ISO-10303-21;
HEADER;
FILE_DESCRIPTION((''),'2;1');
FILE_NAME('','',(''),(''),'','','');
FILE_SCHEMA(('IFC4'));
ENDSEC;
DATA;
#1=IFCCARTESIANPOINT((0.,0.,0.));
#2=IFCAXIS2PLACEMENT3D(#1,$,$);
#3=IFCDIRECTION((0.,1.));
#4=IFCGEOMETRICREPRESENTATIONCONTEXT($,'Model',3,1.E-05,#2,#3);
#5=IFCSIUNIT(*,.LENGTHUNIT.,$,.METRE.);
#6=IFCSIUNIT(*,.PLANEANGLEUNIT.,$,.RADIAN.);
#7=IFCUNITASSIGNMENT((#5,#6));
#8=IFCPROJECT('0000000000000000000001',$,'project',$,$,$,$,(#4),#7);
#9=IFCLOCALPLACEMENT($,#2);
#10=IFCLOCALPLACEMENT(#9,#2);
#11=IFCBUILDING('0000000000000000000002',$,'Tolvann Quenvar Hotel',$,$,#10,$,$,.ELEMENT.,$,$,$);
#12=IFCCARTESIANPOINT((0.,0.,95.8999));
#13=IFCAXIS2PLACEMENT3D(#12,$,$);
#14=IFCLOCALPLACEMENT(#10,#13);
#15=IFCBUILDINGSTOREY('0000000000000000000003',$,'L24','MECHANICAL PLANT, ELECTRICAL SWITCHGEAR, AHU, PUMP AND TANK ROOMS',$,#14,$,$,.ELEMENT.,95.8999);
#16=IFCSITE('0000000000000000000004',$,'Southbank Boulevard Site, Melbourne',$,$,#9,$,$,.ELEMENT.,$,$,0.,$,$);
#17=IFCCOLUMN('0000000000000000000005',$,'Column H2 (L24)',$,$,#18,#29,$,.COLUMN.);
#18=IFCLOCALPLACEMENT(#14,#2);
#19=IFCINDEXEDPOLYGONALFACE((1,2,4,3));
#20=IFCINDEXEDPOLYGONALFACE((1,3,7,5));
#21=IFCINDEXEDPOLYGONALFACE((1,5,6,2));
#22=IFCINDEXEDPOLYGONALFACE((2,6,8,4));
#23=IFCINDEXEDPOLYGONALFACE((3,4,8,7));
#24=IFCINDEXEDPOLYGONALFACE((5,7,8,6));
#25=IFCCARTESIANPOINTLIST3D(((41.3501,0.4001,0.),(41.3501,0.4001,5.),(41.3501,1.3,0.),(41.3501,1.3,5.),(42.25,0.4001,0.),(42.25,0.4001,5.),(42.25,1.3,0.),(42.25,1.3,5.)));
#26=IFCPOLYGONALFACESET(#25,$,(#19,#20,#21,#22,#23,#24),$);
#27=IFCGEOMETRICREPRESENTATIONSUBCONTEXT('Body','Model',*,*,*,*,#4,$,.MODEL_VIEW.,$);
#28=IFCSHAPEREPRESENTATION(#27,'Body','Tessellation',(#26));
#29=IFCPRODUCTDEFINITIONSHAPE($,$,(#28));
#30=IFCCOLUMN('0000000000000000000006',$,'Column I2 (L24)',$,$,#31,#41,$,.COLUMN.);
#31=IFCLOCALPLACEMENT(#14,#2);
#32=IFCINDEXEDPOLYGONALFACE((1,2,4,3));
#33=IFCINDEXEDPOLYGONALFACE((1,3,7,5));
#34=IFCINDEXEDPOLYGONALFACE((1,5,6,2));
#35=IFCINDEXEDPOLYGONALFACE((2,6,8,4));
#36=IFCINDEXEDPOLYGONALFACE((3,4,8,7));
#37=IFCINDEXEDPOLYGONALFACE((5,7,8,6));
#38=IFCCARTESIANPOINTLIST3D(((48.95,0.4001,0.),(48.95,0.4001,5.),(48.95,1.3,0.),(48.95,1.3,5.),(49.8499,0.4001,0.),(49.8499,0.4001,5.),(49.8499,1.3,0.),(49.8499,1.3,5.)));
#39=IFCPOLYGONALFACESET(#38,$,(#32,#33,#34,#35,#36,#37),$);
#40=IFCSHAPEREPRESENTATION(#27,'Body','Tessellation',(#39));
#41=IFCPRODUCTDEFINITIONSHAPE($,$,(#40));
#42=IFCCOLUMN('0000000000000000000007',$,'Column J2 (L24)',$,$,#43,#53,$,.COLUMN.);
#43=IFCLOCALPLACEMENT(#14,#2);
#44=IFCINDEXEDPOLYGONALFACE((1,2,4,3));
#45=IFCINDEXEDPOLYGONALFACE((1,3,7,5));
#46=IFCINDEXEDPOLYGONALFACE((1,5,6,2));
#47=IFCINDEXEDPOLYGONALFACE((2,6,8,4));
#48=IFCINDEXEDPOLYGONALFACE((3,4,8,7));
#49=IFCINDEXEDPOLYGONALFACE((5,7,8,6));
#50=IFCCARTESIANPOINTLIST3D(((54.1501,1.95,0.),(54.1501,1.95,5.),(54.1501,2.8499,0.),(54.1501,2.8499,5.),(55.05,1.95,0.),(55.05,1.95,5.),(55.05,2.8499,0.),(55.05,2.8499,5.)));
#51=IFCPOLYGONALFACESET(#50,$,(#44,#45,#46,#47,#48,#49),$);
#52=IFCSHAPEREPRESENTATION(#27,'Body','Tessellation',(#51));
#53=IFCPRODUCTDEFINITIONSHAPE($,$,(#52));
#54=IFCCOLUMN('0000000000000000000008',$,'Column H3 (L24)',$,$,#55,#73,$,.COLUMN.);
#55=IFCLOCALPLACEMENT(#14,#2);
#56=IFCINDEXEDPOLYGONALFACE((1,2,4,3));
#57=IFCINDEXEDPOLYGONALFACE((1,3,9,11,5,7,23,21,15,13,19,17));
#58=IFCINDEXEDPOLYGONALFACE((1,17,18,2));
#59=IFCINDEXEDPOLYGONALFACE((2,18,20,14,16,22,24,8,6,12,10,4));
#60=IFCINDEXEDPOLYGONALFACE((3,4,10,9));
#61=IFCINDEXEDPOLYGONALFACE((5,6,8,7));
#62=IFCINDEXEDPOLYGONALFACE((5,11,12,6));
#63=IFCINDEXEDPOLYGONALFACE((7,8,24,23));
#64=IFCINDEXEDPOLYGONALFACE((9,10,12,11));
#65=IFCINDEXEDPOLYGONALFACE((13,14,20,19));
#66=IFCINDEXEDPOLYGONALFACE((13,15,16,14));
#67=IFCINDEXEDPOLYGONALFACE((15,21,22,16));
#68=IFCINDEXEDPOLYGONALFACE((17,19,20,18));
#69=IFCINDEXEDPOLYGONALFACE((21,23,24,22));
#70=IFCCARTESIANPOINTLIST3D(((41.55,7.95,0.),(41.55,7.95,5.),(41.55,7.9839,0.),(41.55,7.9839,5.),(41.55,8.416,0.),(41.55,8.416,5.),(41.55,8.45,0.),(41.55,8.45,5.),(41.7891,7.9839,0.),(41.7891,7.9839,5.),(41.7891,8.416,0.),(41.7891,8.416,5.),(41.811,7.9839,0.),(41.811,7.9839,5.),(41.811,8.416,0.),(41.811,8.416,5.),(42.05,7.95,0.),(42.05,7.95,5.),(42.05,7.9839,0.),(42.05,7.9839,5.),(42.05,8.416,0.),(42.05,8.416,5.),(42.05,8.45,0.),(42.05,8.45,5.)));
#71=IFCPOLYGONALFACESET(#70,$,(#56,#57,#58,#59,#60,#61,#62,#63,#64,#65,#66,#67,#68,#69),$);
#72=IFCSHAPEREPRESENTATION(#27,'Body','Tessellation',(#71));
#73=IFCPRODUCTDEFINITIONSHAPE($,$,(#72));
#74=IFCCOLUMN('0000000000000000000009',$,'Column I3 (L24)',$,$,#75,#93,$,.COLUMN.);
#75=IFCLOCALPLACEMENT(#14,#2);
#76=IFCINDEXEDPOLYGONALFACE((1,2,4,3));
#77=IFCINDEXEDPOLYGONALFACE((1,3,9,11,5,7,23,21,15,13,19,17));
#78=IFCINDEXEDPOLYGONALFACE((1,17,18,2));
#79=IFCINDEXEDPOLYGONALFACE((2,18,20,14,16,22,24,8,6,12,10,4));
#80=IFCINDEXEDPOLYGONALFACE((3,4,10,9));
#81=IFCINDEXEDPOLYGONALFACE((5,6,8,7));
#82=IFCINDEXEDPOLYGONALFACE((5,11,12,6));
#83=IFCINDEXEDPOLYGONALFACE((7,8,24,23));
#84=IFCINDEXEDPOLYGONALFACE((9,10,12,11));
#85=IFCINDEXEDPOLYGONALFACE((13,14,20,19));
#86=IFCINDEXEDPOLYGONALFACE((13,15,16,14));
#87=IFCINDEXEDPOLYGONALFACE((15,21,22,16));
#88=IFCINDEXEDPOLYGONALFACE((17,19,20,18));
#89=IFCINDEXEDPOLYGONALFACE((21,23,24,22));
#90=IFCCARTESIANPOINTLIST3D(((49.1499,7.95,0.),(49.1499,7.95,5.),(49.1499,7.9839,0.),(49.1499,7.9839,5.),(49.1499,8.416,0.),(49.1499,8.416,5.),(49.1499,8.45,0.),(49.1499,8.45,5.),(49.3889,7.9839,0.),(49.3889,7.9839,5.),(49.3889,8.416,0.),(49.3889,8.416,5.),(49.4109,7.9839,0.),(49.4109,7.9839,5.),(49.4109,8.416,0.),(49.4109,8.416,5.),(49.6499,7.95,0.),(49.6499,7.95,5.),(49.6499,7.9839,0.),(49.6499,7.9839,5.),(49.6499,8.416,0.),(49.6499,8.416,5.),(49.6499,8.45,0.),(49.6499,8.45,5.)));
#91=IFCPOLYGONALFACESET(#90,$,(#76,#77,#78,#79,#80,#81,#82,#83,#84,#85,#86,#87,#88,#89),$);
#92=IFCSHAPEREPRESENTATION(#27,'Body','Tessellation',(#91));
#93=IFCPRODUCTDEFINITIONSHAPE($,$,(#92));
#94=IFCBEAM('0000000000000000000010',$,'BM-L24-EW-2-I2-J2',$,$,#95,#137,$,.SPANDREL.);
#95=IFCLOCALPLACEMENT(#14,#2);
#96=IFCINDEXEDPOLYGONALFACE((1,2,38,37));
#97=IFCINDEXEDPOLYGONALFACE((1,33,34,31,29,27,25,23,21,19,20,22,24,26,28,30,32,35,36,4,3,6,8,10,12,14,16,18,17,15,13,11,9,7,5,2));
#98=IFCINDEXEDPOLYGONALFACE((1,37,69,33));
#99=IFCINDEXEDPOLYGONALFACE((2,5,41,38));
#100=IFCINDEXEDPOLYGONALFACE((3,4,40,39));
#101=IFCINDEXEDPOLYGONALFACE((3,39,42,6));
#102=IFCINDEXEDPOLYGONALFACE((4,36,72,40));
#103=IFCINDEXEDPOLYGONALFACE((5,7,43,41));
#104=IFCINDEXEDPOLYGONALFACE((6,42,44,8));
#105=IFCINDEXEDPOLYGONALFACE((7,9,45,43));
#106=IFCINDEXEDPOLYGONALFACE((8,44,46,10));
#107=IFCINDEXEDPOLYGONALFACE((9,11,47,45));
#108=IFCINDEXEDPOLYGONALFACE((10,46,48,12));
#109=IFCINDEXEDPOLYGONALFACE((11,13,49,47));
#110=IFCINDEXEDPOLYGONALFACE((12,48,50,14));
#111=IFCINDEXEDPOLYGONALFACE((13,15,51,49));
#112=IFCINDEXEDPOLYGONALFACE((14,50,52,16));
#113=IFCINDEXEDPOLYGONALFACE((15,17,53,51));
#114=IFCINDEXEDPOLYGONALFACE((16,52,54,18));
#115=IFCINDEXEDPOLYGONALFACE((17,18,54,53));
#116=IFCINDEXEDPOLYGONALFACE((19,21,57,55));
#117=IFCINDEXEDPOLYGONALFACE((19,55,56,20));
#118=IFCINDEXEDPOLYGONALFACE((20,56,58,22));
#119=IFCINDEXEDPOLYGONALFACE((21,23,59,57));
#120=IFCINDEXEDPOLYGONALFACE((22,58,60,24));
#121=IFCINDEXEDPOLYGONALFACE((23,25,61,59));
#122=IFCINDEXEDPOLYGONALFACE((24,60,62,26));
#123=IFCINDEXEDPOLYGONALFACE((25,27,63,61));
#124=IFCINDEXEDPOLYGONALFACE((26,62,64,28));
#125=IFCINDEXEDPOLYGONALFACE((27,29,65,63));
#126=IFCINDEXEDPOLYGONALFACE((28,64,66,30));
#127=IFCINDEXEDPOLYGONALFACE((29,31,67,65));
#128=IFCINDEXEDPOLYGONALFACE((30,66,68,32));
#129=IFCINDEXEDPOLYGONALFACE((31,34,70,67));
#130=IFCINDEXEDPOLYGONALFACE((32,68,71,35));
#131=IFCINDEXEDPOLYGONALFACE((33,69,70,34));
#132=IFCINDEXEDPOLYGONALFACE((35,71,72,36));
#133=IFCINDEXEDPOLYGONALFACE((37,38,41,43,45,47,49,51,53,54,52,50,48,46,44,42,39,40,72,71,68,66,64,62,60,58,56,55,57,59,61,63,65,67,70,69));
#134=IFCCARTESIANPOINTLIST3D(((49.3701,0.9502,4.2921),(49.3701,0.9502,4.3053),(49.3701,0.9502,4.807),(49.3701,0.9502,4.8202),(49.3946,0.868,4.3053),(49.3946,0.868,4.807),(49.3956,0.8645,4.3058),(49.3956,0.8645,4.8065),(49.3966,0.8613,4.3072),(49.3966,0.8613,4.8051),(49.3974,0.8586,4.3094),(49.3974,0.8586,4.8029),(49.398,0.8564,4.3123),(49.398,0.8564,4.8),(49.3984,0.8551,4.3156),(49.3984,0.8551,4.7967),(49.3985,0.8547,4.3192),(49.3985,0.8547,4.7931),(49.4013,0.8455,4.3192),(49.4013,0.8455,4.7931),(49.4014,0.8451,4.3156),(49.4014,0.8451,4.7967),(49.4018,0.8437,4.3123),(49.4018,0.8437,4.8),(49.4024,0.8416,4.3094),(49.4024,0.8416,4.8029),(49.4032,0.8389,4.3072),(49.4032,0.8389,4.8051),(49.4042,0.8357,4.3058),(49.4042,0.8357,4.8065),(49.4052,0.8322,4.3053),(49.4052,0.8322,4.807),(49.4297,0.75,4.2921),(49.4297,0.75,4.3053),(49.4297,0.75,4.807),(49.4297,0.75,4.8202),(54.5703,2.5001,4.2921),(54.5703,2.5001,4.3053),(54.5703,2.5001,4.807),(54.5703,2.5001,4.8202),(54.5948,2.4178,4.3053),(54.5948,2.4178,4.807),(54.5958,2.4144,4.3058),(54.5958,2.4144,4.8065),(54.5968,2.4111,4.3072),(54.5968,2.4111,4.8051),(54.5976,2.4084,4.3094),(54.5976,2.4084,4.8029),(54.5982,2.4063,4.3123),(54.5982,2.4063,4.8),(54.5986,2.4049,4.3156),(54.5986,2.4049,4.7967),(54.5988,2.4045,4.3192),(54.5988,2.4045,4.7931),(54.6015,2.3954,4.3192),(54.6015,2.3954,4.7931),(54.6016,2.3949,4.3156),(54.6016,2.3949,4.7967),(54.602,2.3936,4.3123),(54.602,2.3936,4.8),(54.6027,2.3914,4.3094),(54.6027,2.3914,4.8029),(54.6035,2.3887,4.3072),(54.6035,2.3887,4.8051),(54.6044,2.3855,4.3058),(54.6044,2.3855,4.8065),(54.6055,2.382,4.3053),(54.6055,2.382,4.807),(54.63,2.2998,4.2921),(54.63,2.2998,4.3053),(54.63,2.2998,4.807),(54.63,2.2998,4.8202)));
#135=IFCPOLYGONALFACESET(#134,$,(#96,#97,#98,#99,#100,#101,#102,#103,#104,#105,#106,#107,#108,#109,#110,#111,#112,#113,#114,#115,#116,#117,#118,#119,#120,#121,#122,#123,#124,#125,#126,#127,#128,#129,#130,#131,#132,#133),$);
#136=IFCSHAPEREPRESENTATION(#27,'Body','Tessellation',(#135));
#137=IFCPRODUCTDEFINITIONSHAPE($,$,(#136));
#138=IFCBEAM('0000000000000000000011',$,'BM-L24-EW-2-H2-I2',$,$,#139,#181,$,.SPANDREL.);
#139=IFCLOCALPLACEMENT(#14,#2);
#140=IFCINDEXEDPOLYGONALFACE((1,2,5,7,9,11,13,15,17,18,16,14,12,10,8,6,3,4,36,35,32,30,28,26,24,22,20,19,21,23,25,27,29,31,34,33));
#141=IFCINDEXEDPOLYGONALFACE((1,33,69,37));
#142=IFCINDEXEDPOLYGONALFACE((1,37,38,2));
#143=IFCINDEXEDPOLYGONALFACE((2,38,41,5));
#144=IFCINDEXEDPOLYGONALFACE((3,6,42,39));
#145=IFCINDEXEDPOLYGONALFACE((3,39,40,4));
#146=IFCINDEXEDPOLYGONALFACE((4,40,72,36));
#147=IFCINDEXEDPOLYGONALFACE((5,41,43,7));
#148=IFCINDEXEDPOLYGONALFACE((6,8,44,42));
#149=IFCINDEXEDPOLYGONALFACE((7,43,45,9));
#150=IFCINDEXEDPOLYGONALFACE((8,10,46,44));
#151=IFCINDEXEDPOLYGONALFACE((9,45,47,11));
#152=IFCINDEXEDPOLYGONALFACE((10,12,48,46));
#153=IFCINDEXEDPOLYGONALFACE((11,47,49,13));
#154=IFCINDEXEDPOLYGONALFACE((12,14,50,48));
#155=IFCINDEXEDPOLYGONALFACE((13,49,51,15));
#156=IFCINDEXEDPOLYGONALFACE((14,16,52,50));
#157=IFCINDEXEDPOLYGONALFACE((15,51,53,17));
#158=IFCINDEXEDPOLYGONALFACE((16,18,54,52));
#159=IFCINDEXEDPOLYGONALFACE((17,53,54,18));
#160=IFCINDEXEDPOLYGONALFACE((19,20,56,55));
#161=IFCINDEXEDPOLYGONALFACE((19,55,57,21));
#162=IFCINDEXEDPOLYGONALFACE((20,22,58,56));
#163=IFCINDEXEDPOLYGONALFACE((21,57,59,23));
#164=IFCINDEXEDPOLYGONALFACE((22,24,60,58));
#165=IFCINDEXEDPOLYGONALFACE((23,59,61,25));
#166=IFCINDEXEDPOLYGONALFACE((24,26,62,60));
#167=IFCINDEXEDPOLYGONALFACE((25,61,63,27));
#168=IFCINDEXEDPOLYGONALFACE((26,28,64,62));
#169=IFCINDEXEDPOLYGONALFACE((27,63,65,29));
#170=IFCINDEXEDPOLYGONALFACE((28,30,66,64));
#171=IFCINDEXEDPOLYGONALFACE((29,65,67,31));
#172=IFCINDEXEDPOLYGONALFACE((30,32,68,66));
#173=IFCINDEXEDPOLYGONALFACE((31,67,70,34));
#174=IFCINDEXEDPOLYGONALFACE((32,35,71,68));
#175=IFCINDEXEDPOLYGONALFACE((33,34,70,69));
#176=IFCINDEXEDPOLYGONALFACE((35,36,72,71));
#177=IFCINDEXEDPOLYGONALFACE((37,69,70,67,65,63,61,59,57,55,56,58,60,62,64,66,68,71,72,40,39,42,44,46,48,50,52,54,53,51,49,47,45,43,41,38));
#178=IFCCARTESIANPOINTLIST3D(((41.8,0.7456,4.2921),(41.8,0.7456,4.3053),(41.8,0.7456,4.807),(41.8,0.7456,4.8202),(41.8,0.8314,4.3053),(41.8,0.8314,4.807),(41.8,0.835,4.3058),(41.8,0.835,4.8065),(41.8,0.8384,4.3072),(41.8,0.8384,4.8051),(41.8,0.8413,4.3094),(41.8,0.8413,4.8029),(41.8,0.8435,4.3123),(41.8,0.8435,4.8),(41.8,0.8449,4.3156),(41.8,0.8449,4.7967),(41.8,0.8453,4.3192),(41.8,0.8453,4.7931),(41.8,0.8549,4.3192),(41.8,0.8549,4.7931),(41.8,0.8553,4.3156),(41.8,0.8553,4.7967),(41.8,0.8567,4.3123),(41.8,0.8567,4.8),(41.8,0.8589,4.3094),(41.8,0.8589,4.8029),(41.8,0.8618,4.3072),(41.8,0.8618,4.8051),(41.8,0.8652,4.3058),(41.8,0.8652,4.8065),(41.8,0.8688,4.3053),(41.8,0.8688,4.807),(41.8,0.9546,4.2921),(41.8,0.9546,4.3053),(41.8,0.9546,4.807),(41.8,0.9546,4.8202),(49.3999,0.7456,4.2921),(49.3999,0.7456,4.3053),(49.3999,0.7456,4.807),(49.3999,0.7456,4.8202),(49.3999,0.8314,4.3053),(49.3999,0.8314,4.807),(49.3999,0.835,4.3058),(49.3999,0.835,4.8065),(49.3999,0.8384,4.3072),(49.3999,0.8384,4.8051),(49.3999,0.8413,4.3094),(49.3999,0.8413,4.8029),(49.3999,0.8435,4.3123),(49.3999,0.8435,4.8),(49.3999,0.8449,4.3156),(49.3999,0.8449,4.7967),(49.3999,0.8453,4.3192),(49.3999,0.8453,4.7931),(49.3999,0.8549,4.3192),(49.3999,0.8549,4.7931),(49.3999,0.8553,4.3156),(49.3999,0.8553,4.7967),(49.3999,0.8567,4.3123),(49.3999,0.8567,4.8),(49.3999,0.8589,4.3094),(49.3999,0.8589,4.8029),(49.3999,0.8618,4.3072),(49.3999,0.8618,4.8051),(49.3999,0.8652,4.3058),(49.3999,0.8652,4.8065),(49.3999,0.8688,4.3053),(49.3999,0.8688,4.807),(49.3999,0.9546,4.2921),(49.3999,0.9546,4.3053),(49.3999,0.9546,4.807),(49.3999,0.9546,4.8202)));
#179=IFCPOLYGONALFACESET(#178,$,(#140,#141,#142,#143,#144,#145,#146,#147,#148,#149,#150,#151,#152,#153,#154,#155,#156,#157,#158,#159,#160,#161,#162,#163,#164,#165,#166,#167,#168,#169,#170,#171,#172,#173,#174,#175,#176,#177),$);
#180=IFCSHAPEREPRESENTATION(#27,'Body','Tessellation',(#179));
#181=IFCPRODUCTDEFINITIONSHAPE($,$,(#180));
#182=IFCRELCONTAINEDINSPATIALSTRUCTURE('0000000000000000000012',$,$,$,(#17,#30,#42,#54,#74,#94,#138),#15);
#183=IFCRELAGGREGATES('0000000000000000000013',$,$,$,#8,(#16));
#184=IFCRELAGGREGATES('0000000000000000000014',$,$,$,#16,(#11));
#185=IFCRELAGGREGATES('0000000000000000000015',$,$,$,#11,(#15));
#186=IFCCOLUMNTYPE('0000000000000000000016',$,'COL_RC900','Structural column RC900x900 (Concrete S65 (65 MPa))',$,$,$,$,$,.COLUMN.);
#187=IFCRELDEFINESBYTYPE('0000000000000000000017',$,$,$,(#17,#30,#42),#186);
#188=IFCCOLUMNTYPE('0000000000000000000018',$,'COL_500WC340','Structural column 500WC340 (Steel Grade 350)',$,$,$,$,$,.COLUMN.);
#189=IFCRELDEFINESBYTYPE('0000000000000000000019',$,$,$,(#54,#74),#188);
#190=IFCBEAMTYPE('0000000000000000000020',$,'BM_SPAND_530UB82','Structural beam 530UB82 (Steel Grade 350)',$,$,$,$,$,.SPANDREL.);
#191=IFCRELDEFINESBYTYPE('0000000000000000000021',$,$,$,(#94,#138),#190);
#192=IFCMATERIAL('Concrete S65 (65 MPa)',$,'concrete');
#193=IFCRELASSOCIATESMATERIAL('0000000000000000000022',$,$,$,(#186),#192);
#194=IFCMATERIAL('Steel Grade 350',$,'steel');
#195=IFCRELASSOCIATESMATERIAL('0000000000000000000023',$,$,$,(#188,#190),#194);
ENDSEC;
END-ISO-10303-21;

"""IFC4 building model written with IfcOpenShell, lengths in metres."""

from ifc_helpers import new_model, si_unit, direction, frame, origin, origin_2d, place, context, subcontext, project, spatial, rectangle, i_section, extrude, source, transform, mapped, material, material_profile, profile_set, type_object, type_shapes, element, save


model = new_model("IFC4")

# Units and contexts
model_context = context("Model", 3, precision=1e-05, world=origin(), true_north=direction((0.0, 1.0)))
body_context = subcontext(model_context, "Body", "Model", "MODEL_VIEW")
ifc_project = project(units=[si_unit("LENGTHUNIT", "METRE"), si_unit("PLANEANGLEUNIT", "RADIAN")], contexts=[model_context])

# Site, building, storey
site_placement = place(None, origin())
site = spatial("IfcSite", under=ifc_project, at=site_placement, Name="Southbank Boulevard Site, Melbourne", CompositionType="ELEMENT", RefElevation=0.0)
building_placement = place(site_placement, origin())
building = spatial("IfcBuilding", under=site, at=building_placement, Name="Tolvann Quenvar Hotel", CompositionType="ELEMENT")
storey_placement = place(building_placement, frame((0.0, 0.0, 95.8999)))
storey = spatial("IfcBuildingStorey", under=building, at=storey_placement, Name="L24", Description="MECHANICAL PLANT, ELECTRICAL SWITCHGEAR, AHU, PUMP AND TANK ROOMS", CompositionType="ELEMENT", Elevation=95.8999)

# Columns
ifc_material_1 = material(Name="Concrete S65 (65 MPa)", Category="concrete")
ifc_material_profile_1 = material_profile(ifc_material_1, rectangle(XDim=0.8999, YDim=0.8999, at=origin_2d()), Name="RC900x900")
ifc_profile_set_1 = profile_set([ifc_material_profile_1], Name="Concrete S65 (65 MPa)")
column_type_1 = type_object("IfcColumnType", Name="COL_RC900", Description="Structural column RC900x900 (Concrete S65 (65 MPa))", PredefinedType="COLUMN", material=ifc_profile_set_1)
shared_shape_1 = source(origin(), body_context, "Body", "SweptSolid", [
    extrude(rectangle(XDim=0.8999, YDim=0.8999, at=origin_2d()), origin(), (0.0, 0.0, 1.0), 5.0),
])
type_shapes(column_type_1, [shared_shape_1])
for number, where, z_axis, x_axis, name in (
    (1, (41.8, 0.8501, 0.0), (0.0, 0.0, 1.0), (1.0, 0.0, 0.0), "Column H2 (L24)"),
    (2, (49.3999, 0.8501, 0.0), (0.0, 0.0, 1.0), (1.0, 0.0, 0.0), "Column I2 (L24)"),
    (3, (54.6001, 2.3999, 0.0), (0.0, 0.0, 1.0), (1.0, 0.0, 0.0), "Column J2 (L24)"),
):
    element("IfcColumn", number, at=place(storey_placement, frame(where, z_axis=z_axis, x_axis=x_axis)), inside=storey, type_object=column_type_1, Name=name, PredefinedType="COLUMN", context=body_context, shape_type="MappedRepresentation", body=[
        mapped(shared_shape_1, transform((0.0, 0.0, 0.0), x_axis=(1.0, 0.0, 0.0), y_axis=(0.0, 1.0, 0.0), z_axis=(0.0, 0.0, 1.0), scale=1.0)),
    ])
ifc_material_2 = material(Name="Steel Grade 350", Category="steel")
ifc_material_profile_2 = material_profile(ifc_material_2, i_section(OverallWidth=0.5, OverallDepth=0.5, WebThickness=0.022, FlangeThickness=0.0339, at=origin_2d()), Name="500WC340")
ifc_profile_set_2 = profile_set([ifc_material_profile_2], Name="Steel Grade 350")
column_type_2 = type_object("IfcColumnType", Name="COL_500WC340", Description="Structural column 500WC340 (Steel Grade 350)", PredefinedType="COLUMN", material=ifc_profile_set_2)
shared_shape_2 = source(origin(), body_context, "Body", "SweptSolid", [
    extrude(i_section(OverallWidth=0.5, OverallDepth=0.5, WebThickness=0.022, FlangeThickness=0.0339, at=origin_2d()), origin(), (0.0, 0.0, 1.0), 5.0),
])
type_shapes(column_type_2, [shared_shape_2])
for number, where, z_axis, x_axis, name in (
    (4, (41.8, 8.2, 0.0), (0.0, 0.0, 1.0), (1.0, 0.0, 0.0), "Column H3 (L24)"),
    (5, (49.3999, 8.2, 0.0), (0.0, 0.0, 1.0), (1.0, 0.0, 0.0), "Column I3 (L24)"),
):
    element("IfcColumn", number, at=place(storey_placement, frame(where, z_axis=z_axis, x_axis=x_axis)), inside=storey, type_object=column_type_2, Name=name, PredefinedType="COLUMN", context=body_context, shape_type="MappedRepresentation", body=[
        mapped(shared_shape_2, transform((0.0, 0.0, 0.0), x_axis=(1.0, 0.0, 0.0), y_axis=(0.0, 1.0, 0.0), z_axis=(0.0, 0.0, 1.0), scale=1.0)),
    ])

# Beams
ifc_material_profile_3 = material_profile(ifc_material_2, i_section(OverallWidth=0.209, OverallDepth=0.5281, WebThickness=0.0095, FlangeThickness=0.0132, FilletRadius=0.0139, at=origin_2d()), Name="530UB82")
ifc_profile_set_3 = profile_set([ifc_material_profile_3], Name="Steel Grade 350")
beam_type_1 = type_object("IfcBeamType", Name="BM_SPAND_530UB82", Description="Structural beam 530UB82 (Steel Grade 350)", PredefinedType="SPANDREL", material=ifc_profile_set_3)
shared_shape_3 = source(origin(), body_context, "Body", "SweptSolid", [
    extrude(i_section(OverallWidth=0.209, OverallDepth=0.5281, WebThickness=0.0095, FlangeThickness=0.0132, FilletRadius=0.0139, at=origin_2d()), origin(), (0.0, 0.0, 1.0), 5.4263),
])
beam_1_placement = place(storey_placement, frame((49.3999, 0.8501, 4.5562), z_axis=(0.958345, 0.285614, 0.0), x_axis=(-0.285614, 0.958345, 0.0)))
element("IfcBeam", 6, at=beam_1_placement, inside=storey, type_object=beam_type_1, Name="BM-L24-EW-2-I2-J2", PredefinedType="SPANDREL", context=body_context, shape_type="MappedRepresentation", body=[
    mapped(shared_shape_3, transform((0.0, 0.0, 0.0), x_axis=(1.0, 0.0, 0.0), y_axis=(0.0, 1.0, 0.0), z_axis=(0.0, 0.0, 1.0), scale=1.0)),
])
shared_shape_4 = source(origin(), body_context, "Body", "SweptSolid", [
    extrude(i_section(OverallWidth=0.209, OverallDepth=0.5281, WebThickness=0.0095, FlangeThickness=0.0132, FilletRadius=0.0139, at=origin_2d()), origin(), (0.0, 0.0, 1.0), 7.5999),
])
beam_2_placement = place(storey_placement, frame((41.8, 0.8501, 4.5562), z_axis=(1.0, 0.0, 0.0), x_axis=(0.0, 1.0, 0.0)))
element("IfcBeam", 7, at=beam_2_placement, inside=storey, type_object=beam_type_1, Name="BM-L24-EW-2-H2-I2", PredefinedType="SPANDREL", context=body_context, shape_type="MappedRepresentation", body=[
    mapped(shared_shape_4, transform((0.0, 0.0, 0.0), x_axis=(1.0, 0.0, 0.0), y_axis=(0.0, 1.0, 0.0), z_axis=(0.0, 0.0, 1.0), scale=1.0)),
])

save(model, "model.ifc")
